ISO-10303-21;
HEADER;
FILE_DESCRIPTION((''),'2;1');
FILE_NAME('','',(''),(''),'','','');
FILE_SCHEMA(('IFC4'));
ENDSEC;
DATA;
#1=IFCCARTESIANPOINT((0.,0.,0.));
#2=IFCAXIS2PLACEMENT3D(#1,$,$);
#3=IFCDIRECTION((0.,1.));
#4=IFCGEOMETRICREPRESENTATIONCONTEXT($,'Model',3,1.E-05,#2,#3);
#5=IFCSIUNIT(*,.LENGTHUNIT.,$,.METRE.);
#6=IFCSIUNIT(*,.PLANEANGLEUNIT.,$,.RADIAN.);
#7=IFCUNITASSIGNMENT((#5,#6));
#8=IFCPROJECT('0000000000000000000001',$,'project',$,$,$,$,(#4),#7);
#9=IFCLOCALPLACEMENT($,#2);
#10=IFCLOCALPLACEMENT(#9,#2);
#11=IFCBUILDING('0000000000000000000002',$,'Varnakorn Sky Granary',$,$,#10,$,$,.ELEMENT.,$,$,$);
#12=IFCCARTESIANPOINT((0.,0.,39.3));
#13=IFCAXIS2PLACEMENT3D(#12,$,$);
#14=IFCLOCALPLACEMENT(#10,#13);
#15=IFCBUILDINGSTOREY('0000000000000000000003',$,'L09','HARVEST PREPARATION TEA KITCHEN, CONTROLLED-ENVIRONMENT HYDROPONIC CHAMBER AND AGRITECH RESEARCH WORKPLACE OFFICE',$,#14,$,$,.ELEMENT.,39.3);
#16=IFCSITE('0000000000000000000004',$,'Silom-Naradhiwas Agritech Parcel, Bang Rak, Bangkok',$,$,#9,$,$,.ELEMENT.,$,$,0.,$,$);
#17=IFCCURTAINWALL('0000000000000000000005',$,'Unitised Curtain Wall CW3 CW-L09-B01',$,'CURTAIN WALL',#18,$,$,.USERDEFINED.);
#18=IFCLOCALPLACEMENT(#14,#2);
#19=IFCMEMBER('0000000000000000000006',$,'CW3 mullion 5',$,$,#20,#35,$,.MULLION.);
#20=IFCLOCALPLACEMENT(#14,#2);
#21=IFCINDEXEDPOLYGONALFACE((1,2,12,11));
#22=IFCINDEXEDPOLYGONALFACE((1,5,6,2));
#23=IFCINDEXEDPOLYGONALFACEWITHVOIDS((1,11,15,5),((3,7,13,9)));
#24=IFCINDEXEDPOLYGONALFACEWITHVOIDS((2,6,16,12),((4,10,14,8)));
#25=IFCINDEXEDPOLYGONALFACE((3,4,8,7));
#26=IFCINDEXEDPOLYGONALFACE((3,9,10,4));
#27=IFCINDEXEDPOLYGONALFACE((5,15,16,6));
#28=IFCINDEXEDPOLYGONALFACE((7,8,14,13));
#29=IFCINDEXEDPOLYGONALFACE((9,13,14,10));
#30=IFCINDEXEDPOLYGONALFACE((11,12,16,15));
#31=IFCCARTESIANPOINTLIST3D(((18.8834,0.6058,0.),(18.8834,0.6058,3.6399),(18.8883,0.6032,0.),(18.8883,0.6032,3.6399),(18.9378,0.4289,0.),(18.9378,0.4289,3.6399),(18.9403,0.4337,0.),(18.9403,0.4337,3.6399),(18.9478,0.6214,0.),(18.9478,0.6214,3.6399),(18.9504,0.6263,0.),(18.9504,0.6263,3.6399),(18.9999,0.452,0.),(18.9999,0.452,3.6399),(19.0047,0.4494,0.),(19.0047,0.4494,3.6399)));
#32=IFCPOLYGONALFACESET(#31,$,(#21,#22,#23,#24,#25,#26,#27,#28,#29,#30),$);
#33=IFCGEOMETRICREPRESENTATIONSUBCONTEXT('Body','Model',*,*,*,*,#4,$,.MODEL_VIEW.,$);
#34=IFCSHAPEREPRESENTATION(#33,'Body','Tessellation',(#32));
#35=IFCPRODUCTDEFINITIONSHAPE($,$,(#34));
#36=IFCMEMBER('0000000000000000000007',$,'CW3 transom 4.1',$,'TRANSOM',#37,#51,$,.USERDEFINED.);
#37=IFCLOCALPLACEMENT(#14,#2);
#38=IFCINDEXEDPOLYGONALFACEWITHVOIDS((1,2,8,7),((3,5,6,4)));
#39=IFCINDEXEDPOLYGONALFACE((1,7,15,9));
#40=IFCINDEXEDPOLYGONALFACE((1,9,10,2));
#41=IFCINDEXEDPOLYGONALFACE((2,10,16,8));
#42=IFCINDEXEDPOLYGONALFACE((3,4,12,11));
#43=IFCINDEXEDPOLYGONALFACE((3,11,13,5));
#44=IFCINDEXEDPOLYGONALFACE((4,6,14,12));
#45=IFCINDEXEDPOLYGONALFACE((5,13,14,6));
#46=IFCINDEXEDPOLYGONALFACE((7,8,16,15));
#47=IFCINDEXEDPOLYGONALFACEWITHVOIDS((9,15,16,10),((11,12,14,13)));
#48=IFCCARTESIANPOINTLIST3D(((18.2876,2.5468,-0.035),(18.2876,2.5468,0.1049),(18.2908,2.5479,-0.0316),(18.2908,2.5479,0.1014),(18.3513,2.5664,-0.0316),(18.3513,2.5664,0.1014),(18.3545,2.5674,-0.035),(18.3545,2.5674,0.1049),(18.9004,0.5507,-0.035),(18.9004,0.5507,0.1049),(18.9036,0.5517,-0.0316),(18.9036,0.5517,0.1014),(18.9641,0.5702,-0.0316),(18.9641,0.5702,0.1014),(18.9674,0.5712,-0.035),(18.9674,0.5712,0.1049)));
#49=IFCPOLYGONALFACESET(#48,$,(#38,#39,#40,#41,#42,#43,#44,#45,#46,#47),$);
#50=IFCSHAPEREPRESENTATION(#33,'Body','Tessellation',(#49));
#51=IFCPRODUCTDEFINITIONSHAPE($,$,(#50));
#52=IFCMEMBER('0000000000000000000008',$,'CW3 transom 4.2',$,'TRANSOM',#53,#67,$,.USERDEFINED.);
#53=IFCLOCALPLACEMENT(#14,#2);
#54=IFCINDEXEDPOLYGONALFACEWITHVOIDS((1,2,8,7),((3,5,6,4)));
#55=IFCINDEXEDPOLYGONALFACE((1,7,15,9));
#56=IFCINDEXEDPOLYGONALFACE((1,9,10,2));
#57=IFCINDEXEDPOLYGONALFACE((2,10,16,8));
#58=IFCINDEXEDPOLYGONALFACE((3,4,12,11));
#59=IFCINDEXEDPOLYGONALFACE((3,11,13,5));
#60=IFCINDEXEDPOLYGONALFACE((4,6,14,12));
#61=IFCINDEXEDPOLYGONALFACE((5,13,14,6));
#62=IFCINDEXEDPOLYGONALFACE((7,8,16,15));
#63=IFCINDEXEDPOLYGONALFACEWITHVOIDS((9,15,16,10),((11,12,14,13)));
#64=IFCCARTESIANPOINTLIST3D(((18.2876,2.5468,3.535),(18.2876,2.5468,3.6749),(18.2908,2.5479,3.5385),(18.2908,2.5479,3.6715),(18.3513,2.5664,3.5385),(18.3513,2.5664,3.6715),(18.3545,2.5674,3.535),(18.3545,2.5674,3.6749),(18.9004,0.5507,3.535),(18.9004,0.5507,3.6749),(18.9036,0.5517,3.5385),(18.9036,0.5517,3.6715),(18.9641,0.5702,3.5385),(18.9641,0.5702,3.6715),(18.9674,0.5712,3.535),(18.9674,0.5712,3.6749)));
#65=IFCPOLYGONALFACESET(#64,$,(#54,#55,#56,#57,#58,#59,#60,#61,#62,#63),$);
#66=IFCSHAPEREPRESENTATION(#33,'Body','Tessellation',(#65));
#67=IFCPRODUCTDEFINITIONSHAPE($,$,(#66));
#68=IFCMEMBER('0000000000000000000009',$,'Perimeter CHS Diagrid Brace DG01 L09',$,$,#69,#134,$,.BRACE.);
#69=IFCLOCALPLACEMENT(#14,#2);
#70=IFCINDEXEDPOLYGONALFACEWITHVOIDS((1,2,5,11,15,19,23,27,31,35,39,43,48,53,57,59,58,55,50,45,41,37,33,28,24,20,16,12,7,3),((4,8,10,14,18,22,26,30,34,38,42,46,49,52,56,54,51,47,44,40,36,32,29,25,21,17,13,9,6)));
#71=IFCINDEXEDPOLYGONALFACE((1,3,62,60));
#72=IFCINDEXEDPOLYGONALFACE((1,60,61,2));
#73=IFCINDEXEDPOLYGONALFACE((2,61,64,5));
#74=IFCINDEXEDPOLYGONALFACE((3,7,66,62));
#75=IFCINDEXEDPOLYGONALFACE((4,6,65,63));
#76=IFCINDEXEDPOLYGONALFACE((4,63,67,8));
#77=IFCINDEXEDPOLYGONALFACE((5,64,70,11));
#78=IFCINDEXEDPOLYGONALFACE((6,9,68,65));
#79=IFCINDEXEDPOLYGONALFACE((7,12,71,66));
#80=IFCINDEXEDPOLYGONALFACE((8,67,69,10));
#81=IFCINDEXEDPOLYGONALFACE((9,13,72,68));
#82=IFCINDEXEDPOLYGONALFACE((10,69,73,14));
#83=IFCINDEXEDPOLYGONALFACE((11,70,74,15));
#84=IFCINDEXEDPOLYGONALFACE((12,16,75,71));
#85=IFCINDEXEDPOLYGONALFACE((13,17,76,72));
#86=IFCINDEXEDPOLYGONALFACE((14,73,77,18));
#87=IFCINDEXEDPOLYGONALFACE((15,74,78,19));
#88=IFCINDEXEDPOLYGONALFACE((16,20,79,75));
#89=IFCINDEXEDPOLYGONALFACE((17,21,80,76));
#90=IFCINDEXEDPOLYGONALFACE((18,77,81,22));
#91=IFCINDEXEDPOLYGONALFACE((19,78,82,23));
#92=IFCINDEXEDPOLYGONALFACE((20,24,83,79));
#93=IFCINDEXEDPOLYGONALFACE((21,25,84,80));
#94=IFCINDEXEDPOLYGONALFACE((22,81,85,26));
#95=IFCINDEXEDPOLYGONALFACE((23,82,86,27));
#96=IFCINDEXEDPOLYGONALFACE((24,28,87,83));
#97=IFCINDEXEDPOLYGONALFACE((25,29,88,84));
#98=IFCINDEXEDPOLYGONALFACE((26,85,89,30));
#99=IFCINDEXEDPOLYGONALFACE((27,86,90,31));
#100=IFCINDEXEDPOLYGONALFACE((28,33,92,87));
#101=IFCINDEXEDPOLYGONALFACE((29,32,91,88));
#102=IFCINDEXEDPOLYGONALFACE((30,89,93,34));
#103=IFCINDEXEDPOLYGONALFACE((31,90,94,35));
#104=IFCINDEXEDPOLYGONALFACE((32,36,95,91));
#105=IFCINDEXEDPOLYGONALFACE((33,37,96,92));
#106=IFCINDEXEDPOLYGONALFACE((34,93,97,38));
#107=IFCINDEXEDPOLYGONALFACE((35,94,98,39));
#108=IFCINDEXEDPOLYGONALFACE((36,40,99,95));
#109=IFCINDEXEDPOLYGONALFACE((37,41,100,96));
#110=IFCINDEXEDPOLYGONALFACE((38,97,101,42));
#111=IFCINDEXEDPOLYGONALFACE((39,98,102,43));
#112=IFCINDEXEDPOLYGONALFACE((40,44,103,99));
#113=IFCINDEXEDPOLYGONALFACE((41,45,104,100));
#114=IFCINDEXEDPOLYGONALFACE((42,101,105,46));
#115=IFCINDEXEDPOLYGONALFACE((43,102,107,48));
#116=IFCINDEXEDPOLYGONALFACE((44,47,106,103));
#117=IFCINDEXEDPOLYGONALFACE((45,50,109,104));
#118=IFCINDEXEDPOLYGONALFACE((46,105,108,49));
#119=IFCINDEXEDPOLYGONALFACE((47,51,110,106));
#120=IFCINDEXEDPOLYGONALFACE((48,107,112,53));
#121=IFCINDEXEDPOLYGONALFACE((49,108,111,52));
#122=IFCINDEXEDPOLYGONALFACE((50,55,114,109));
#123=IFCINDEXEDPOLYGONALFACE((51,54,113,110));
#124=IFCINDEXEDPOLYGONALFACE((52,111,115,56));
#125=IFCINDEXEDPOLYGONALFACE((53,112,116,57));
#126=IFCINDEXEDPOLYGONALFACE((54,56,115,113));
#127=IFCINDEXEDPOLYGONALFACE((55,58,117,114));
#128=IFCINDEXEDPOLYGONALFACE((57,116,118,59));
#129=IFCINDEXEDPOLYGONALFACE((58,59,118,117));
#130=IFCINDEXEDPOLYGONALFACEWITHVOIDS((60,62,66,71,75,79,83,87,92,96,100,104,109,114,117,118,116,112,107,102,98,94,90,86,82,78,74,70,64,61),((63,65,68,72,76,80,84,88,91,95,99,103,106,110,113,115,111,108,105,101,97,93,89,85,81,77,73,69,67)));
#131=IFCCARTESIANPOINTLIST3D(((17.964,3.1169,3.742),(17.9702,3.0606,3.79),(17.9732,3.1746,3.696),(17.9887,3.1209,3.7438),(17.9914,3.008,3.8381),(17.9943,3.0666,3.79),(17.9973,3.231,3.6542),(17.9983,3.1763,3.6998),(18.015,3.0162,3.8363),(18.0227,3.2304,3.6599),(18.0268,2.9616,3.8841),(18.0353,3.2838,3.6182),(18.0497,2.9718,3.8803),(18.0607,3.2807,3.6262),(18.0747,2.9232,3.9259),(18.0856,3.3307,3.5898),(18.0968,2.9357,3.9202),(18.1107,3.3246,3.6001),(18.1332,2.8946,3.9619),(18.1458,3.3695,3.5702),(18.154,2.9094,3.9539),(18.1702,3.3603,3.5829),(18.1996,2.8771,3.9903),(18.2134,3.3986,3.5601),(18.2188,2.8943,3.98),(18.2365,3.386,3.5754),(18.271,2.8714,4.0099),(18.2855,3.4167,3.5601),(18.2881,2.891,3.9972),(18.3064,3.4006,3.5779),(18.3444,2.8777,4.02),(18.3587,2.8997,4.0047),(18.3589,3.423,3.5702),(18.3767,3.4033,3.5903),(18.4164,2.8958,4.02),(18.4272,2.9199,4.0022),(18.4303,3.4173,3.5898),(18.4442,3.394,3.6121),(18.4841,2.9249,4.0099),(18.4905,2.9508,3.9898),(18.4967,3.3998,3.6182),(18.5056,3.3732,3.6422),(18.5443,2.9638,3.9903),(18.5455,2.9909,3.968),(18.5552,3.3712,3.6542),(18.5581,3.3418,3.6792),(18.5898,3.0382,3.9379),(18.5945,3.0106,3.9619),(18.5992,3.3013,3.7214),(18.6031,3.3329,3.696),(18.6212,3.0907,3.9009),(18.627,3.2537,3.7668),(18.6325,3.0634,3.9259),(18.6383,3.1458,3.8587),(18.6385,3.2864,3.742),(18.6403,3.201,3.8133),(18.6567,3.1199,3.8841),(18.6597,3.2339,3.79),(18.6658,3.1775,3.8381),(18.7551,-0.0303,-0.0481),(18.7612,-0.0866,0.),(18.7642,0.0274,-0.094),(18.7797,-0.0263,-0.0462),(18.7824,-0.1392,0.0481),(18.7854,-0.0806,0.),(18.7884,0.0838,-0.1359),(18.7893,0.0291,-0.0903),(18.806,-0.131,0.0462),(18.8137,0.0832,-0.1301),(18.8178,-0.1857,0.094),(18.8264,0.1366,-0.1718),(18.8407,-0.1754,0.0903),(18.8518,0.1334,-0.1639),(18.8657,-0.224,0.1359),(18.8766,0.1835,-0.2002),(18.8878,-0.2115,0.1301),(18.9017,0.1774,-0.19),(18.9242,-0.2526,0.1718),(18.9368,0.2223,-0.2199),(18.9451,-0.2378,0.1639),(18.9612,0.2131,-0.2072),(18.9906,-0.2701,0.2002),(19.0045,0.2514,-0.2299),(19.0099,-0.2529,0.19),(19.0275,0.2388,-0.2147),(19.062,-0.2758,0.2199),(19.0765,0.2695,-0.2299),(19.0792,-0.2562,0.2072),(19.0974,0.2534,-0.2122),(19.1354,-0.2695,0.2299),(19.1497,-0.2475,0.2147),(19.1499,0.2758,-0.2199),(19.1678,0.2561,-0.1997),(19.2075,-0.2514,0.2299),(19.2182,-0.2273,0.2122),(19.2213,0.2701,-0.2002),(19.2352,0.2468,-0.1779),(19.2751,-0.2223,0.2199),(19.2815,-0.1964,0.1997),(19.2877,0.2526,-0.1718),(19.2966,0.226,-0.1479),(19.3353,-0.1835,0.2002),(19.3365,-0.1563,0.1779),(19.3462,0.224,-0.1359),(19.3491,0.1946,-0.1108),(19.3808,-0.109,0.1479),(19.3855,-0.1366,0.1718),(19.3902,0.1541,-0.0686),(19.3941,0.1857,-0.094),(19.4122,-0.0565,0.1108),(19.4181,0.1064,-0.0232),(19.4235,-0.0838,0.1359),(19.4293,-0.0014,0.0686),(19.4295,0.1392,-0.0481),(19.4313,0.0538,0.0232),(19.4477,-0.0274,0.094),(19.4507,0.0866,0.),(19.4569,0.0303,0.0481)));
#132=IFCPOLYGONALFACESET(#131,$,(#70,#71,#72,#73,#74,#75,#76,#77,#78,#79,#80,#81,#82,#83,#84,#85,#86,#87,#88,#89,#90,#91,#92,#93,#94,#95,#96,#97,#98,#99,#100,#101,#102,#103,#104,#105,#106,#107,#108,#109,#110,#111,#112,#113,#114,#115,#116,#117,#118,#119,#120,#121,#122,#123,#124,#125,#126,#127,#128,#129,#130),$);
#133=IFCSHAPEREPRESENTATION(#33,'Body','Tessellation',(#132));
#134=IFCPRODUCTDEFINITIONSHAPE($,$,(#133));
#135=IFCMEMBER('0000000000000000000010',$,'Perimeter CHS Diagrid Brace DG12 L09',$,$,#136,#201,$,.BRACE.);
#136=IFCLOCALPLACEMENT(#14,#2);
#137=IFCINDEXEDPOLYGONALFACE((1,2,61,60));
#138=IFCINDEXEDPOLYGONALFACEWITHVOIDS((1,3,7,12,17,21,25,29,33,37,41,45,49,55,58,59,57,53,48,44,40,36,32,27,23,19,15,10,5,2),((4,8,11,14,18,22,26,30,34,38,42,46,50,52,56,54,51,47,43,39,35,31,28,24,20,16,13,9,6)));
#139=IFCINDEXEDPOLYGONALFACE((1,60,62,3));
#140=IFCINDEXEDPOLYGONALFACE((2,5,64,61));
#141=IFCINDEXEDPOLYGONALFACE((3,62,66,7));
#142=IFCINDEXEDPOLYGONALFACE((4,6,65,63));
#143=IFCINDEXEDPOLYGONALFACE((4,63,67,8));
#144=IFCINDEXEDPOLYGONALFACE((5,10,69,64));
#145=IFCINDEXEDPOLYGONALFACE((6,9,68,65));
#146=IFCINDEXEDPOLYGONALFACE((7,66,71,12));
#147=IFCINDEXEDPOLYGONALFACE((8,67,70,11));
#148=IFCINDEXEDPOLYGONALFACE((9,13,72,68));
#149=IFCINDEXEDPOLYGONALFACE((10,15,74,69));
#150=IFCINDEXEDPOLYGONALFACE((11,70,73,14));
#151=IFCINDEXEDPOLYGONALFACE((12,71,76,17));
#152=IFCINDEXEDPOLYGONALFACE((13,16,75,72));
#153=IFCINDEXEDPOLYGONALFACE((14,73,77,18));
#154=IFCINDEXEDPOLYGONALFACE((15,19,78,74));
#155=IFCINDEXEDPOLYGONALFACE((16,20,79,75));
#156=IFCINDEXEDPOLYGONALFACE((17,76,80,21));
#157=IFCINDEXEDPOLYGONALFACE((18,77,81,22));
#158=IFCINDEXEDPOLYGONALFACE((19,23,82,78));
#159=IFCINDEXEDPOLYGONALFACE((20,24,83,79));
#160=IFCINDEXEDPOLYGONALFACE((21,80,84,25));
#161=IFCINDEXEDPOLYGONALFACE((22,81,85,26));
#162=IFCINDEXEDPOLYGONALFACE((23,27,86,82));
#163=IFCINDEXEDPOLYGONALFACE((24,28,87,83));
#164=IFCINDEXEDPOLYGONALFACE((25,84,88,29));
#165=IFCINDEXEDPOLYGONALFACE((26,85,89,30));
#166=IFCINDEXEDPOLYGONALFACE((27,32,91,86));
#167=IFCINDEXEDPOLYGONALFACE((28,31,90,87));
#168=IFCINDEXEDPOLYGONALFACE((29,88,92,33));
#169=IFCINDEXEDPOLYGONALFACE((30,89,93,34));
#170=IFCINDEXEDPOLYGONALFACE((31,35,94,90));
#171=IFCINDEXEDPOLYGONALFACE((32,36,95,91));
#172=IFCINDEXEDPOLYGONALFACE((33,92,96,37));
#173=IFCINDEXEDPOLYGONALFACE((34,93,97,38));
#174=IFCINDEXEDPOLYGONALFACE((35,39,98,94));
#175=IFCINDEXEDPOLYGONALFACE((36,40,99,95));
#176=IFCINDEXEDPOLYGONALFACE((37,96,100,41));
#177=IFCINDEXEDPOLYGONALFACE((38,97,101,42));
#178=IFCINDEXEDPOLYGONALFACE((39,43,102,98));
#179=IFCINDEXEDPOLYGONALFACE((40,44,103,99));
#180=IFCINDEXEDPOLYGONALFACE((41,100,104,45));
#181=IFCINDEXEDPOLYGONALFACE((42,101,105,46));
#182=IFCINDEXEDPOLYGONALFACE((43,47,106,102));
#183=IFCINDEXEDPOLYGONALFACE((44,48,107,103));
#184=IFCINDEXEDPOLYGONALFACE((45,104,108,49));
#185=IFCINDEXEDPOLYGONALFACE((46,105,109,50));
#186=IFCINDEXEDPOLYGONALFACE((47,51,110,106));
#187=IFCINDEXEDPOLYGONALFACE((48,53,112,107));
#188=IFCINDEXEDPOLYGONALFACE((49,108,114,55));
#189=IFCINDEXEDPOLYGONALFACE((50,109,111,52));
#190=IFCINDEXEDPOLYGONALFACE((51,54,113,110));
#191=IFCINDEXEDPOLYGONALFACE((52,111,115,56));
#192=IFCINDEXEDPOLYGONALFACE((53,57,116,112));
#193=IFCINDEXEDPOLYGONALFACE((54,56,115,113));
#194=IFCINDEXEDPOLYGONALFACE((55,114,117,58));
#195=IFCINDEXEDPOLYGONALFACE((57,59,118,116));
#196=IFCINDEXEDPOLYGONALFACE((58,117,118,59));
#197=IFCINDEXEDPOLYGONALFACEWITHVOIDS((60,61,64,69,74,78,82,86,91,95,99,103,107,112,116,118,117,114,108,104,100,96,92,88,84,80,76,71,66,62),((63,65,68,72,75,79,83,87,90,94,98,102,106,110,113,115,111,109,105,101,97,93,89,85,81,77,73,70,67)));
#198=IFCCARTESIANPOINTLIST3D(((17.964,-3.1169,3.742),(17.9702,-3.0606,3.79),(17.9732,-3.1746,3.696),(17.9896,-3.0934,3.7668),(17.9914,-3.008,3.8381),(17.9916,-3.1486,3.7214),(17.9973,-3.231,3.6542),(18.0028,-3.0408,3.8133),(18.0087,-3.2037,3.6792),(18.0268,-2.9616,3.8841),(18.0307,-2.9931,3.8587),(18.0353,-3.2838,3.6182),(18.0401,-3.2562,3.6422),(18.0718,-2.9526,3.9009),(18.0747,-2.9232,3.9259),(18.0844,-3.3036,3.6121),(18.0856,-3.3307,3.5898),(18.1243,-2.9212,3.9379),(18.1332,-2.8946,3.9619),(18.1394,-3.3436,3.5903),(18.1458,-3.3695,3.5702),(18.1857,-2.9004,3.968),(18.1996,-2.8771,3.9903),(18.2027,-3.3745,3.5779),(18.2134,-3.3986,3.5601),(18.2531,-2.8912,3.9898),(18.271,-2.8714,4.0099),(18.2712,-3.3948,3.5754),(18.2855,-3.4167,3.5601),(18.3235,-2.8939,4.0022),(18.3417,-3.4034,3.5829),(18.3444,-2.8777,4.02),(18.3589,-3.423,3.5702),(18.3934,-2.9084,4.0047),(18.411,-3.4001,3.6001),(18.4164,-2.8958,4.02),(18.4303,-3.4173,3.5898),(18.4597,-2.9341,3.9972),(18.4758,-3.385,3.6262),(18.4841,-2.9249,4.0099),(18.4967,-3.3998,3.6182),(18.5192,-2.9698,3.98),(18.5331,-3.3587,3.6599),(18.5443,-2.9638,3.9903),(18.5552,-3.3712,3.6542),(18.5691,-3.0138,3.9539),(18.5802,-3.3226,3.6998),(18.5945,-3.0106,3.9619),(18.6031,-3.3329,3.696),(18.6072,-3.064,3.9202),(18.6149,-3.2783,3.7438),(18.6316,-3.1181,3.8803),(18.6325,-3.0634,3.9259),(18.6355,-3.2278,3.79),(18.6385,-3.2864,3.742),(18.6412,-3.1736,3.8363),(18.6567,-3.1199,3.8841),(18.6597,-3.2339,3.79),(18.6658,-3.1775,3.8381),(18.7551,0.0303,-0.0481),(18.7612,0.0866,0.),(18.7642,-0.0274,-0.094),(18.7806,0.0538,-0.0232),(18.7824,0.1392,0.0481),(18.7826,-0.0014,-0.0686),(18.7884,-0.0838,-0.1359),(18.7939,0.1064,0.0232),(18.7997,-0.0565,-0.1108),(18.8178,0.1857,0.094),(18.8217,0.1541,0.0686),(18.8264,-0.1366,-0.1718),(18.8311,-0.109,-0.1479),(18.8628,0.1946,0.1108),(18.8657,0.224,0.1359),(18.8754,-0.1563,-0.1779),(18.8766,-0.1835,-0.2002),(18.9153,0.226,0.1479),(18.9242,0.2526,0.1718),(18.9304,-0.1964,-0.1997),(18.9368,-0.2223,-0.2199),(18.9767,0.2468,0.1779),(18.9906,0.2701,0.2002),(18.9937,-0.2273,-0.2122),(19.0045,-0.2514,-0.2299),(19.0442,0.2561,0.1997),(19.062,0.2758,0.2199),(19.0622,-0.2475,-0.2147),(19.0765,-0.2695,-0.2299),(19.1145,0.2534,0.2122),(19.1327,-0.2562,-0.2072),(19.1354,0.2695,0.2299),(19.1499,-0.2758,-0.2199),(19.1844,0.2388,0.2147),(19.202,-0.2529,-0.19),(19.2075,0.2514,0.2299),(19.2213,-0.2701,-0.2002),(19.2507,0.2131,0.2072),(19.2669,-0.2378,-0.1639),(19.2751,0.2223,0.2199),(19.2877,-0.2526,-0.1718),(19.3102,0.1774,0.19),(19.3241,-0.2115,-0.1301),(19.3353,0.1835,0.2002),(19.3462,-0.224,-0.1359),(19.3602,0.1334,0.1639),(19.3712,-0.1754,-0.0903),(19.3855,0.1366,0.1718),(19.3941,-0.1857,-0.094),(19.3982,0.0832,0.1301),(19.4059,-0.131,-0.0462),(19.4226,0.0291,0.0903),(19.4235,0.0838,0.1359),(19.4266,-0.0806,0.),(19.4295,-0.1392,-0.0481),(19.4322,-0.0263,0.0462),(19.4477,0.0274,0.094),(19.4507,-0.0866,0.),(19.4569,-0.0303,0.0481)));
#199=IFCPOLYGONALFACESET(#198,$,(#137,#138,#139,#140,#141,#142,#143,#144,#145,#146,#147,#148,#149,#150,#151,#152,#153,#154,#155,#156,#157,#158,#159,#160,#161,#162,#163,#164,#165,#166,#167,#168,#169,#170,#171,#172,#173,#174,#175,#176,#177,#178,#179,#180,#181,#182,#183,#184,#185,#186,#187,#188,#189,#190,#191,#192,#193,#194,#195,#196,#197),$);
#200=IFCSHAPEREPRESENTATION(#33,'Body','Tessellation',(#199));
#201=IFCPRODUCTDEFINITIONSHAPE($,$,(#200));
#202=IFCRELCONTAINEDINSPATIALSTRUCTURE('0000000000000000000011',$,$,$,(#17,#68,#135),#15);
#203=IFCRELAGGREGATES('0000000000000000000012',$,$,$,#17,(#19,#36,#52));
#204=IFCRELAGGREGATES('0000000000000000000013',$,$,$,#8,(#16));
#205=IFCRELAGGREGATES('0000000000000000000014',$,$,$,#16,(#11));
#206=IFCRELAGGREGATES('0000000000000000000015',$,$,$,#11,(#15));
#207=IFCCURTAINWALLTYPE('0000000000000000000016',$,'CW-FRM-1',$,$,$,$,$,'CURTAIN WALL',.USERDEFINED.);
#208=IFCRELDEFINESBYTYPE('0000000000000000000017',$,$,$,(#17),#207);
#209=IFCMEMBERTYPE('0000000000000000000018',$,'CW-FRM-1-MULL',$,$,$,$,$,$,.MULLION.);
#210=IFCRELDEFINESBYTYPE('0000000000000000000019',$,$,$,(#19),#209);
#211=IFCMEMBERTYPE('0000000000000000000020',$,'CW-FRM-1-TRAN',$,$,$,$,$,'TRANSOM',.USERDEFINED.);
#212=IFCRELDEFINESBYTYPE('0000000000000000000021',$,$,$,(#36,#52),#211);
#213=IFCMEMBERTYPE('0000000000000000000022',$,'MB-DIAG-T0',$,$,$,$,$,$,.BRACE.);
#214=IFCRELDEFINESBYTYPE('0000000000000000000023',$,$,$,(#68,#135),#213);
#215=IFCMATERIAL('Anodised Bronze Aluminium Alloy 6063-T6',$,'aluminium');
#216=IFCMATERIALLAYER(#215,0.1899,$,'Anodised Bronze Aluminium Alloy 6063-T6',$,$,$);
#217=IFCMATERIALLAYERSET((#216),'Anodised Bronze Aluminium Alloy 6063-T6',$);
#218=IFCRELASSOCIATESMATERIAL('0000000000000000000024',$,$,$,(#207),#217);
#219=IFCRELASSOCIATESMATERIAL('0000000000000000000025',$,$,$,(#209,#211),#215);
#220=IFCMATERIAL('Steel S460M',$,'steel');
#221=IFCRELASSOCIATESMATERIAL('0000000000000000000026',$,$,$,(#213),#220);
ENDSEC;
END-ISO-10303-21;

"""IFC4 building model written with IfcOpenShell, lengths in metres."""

from ifc_helpers import new_model, si_unit, direction, frame, origin, origin_2d, place, context, subcontext, project, spatial, hollow_rectangle, hollow_circle, extrude, material, layer, layer_set, material_profile, profile_set, type_object, element, aggregate, save


model = new_model("IFC4")

# Units and contexts
model_context = context("Model", 3, precision=1e-05, world=origin(), true_north=direction((0.0, 1.0)))
body_context = subcontext(model_context, "Body", "Model", "MODEL_VIEW")
ifc_project = project(units=[si_unit("LENGTHUNIT", "METRE"), si_unit("PLANEANGLEUNIT", "RADIAN")], contexts=[model_context])

# Site, building, storey
site_placement = place(None, origin())
site = spatial("IfcSite", under=ifc_project, at=site_placement, Name="Silom-Naradhiwas Agritech Parcel, Bang Rak, Bangkok", CompositionType="ELEMENT", RefElevation=0.0)
building_placement = place(site_placement, origin())
building = spatial("IfcBuilding", under=site, at=building_placement, Name="Varnakorn Sky Granary", CompositionType="ELEMENT")
storey_placement = place(building_placement, frame((0.0, 0.0, 39.3)))
storey = spatial("IfcBuildingStorey", under=building, at=storey_placement, Name="L09", Description="HARVEST PREPARATION TEA KITCHEN, CONTROLLED-ENVIRONMENT HYDROPONIC CHAMBER AND AGRITECH RESEARCH WORKPLACE OFFICE", CompositionType="ELEMENT", Elevation=39.3)

# Shared definitions
ifc_material_1 = material(Name="Steel S460M", Category="steel")

# Curtain wall, members
ifc_material_2 = material(Name="Anodised Bronze Aluminium Alloy 6063-T6", Category="aluminium")
ifc_layer_1 = layer(ifc_material_2, 0.1899, Name="Anodised Bronze Aluminium Alloy 6063-T6")
ifc_layer_set_1 = layer_set([ifc_layer_1], Name="Anodised Bronze Aluminium Alloy 6063-T6")
curtain_wall_type = type_object("IfcCurtainWallType", Name="CW-FRM-1", ElementType="CURTAIN WALL", PredefinedType="USERDEFINED", material=ifc_layer_set_1)
curtain_wall_placement = place(storey_placement, origin())
curtain_wall = element("IfcCurtainWall", 1, at=curtain_wall_placement, inside=storey, type_object=curtain_wall_type, Name="Unitised Curtain Wall CW3 CW-L09-B01", ObjectType="CURTAIN WALL", PredefinedType="USERDEFINED")
ifc_material_profile_1 = material_profile(ifc_material_2, hollow_rectangle(XDim=0.0701, YDim=0.1851, WallThickness=0.0039, at=origin_2d()), Name="ALU MULL 70x185")
ifc_profile_set_1 = profile_set([ifc_material_profile_1], Name="Anodised Bronze Aluminium Alloy 6063-T6")
member_type_1 = type_object("IfcMemberType", Name="CW-FRM-1-MULL", PredefinedType="MULLION", material=ifc_profile_set_1)
member_1_placement = place(storey_placement, frame((18.9441, 0.5276, 0.0), z_axis=(0.0, 0.0, 1.0), x_axis=(0.955971, 0.293463, 0.0)))
member_1 = element("IfcMember", 2, at=member_1_placement, type_object=member_type_1, Name="CW3 mullion 5", PredefinedType="MULLION", context=body_context, shape_type="SweptSolid", body=[
    extrude(hollow_rectangle(XDim=0.0701, YDim=0.1851, WallThickness=0.0039, at=origin_2d()), origin(), (0.0, 0.0, 1.0), 3.6399),
])
ifc_material_profile_2 = material_profile(ifc_material_2, hollow_rectangle(XDim=0.0701, YDim=0.1399, WallThickness=0.0034, at=origin_2d()), Name="ALU TRAN 70x140")
ifc_profile_set_2 = profile_set([ifc_material_profile_2], Name="Anodised Bronze Aluminium Alloy 6063-T6")
member_type_2 = type_object("IfcMemberType", Name="CW-FRM-1-TRAN", ElementType="TRANSOM", PredefinedType="USERDEFINED", material=ifc_profile_set_2)
member_2_placement = place(storey_placement, frame((18.321, 2.5571, 0.0349), z_axis=(0.293478, -0.955966, 0.0), x_axis=(0.955966, 0.293478, 0.0)))
member_2 = element("IfcMember", 3, at=member_2_placement, type_object=member_type_2, Name="CW3 transom 4.1", ObjectType="TRANSOM", PredefinedType="USERDEFINED", context=body_context, shape_type="SweptSolid", body=[
    extrude(hollow_rectangle(XDim=0.0701, YDim=0.1399, WallThickness=0.0034, at=origin_2d()), origin(), (0.0, 0.0, 1.0), 2.0881),
])
member_3_placement = place(storey_placement, frame((18.321, 2.5571, 3.605), z_axis=(0.293478, -0.955966, 0.0), x_axis=(0.955966, 0.293478, 0.0)))
member_3 = element("IfcMember", 4, at=member_3_placement, type_object=member_type_2, Name="CW3 transom 4.2", ObjectType="TRANSOM", PredefinedType="USERDEFINED", context=body_context, shape_type="SweptSolid", body=[
    extrude(hollow_rectangle(XDim=0.0701, YDim=0.1399, WallThickness=0.0034, at=origin_2d()), origin(), (0.0, 0.0, 1.0), 2.0881),
])

# Members
ifc_material_profile_3 = material_profile(ifc_material_1, hollow_circle(Radius=0.3555, WallThickness=0.0249, at=origin_2d()), Name="CHS 711x25")
ifc_profile_set_3 = profile_set([ifc_material_profile_3], Name="Steel S460M")
member_type_3 = type_object("IfcMemberType", Name="MB-DIAG-T0", PredefinedType="BRACE", material=ifc_profile_set_3)
for number, where, z_axis, x_axis, name in (
    (5, (19.106, 0.0, 0.0), (-0.158536, 0.630768, 0.759604), (-0.969836, -0.243757, 0.0), "Perimeter CHS Diagrid Brace DG01 L09"),
    (6, (19.106, 0.0, 0.0), (-0.158536, -0.630768, 0.759604), (0.969836, -0.243757, 0.0), "Perimeter CHS Diagrid Brace DG12 L09"),
):
    element("IfcMember", number, at=place(storey_placement, frame(where, z_axis=z_axis, x_axis=x_axis)), inside=storey, type_object=member_type_3, Name=name, PredefinedType="BRACE", context=body_context, shape_type="SweptSolid", body=[
        extrude(hollow_circle(Radius=0.3555, WallThickness=0.0249, at=origin_2d()), origin(), (0.0, 0.0, 1.0), 4.9895),
    ])

aggregate(curtain_wall, [member_1, member_2, member_3])

save(model, "model.ifc")
